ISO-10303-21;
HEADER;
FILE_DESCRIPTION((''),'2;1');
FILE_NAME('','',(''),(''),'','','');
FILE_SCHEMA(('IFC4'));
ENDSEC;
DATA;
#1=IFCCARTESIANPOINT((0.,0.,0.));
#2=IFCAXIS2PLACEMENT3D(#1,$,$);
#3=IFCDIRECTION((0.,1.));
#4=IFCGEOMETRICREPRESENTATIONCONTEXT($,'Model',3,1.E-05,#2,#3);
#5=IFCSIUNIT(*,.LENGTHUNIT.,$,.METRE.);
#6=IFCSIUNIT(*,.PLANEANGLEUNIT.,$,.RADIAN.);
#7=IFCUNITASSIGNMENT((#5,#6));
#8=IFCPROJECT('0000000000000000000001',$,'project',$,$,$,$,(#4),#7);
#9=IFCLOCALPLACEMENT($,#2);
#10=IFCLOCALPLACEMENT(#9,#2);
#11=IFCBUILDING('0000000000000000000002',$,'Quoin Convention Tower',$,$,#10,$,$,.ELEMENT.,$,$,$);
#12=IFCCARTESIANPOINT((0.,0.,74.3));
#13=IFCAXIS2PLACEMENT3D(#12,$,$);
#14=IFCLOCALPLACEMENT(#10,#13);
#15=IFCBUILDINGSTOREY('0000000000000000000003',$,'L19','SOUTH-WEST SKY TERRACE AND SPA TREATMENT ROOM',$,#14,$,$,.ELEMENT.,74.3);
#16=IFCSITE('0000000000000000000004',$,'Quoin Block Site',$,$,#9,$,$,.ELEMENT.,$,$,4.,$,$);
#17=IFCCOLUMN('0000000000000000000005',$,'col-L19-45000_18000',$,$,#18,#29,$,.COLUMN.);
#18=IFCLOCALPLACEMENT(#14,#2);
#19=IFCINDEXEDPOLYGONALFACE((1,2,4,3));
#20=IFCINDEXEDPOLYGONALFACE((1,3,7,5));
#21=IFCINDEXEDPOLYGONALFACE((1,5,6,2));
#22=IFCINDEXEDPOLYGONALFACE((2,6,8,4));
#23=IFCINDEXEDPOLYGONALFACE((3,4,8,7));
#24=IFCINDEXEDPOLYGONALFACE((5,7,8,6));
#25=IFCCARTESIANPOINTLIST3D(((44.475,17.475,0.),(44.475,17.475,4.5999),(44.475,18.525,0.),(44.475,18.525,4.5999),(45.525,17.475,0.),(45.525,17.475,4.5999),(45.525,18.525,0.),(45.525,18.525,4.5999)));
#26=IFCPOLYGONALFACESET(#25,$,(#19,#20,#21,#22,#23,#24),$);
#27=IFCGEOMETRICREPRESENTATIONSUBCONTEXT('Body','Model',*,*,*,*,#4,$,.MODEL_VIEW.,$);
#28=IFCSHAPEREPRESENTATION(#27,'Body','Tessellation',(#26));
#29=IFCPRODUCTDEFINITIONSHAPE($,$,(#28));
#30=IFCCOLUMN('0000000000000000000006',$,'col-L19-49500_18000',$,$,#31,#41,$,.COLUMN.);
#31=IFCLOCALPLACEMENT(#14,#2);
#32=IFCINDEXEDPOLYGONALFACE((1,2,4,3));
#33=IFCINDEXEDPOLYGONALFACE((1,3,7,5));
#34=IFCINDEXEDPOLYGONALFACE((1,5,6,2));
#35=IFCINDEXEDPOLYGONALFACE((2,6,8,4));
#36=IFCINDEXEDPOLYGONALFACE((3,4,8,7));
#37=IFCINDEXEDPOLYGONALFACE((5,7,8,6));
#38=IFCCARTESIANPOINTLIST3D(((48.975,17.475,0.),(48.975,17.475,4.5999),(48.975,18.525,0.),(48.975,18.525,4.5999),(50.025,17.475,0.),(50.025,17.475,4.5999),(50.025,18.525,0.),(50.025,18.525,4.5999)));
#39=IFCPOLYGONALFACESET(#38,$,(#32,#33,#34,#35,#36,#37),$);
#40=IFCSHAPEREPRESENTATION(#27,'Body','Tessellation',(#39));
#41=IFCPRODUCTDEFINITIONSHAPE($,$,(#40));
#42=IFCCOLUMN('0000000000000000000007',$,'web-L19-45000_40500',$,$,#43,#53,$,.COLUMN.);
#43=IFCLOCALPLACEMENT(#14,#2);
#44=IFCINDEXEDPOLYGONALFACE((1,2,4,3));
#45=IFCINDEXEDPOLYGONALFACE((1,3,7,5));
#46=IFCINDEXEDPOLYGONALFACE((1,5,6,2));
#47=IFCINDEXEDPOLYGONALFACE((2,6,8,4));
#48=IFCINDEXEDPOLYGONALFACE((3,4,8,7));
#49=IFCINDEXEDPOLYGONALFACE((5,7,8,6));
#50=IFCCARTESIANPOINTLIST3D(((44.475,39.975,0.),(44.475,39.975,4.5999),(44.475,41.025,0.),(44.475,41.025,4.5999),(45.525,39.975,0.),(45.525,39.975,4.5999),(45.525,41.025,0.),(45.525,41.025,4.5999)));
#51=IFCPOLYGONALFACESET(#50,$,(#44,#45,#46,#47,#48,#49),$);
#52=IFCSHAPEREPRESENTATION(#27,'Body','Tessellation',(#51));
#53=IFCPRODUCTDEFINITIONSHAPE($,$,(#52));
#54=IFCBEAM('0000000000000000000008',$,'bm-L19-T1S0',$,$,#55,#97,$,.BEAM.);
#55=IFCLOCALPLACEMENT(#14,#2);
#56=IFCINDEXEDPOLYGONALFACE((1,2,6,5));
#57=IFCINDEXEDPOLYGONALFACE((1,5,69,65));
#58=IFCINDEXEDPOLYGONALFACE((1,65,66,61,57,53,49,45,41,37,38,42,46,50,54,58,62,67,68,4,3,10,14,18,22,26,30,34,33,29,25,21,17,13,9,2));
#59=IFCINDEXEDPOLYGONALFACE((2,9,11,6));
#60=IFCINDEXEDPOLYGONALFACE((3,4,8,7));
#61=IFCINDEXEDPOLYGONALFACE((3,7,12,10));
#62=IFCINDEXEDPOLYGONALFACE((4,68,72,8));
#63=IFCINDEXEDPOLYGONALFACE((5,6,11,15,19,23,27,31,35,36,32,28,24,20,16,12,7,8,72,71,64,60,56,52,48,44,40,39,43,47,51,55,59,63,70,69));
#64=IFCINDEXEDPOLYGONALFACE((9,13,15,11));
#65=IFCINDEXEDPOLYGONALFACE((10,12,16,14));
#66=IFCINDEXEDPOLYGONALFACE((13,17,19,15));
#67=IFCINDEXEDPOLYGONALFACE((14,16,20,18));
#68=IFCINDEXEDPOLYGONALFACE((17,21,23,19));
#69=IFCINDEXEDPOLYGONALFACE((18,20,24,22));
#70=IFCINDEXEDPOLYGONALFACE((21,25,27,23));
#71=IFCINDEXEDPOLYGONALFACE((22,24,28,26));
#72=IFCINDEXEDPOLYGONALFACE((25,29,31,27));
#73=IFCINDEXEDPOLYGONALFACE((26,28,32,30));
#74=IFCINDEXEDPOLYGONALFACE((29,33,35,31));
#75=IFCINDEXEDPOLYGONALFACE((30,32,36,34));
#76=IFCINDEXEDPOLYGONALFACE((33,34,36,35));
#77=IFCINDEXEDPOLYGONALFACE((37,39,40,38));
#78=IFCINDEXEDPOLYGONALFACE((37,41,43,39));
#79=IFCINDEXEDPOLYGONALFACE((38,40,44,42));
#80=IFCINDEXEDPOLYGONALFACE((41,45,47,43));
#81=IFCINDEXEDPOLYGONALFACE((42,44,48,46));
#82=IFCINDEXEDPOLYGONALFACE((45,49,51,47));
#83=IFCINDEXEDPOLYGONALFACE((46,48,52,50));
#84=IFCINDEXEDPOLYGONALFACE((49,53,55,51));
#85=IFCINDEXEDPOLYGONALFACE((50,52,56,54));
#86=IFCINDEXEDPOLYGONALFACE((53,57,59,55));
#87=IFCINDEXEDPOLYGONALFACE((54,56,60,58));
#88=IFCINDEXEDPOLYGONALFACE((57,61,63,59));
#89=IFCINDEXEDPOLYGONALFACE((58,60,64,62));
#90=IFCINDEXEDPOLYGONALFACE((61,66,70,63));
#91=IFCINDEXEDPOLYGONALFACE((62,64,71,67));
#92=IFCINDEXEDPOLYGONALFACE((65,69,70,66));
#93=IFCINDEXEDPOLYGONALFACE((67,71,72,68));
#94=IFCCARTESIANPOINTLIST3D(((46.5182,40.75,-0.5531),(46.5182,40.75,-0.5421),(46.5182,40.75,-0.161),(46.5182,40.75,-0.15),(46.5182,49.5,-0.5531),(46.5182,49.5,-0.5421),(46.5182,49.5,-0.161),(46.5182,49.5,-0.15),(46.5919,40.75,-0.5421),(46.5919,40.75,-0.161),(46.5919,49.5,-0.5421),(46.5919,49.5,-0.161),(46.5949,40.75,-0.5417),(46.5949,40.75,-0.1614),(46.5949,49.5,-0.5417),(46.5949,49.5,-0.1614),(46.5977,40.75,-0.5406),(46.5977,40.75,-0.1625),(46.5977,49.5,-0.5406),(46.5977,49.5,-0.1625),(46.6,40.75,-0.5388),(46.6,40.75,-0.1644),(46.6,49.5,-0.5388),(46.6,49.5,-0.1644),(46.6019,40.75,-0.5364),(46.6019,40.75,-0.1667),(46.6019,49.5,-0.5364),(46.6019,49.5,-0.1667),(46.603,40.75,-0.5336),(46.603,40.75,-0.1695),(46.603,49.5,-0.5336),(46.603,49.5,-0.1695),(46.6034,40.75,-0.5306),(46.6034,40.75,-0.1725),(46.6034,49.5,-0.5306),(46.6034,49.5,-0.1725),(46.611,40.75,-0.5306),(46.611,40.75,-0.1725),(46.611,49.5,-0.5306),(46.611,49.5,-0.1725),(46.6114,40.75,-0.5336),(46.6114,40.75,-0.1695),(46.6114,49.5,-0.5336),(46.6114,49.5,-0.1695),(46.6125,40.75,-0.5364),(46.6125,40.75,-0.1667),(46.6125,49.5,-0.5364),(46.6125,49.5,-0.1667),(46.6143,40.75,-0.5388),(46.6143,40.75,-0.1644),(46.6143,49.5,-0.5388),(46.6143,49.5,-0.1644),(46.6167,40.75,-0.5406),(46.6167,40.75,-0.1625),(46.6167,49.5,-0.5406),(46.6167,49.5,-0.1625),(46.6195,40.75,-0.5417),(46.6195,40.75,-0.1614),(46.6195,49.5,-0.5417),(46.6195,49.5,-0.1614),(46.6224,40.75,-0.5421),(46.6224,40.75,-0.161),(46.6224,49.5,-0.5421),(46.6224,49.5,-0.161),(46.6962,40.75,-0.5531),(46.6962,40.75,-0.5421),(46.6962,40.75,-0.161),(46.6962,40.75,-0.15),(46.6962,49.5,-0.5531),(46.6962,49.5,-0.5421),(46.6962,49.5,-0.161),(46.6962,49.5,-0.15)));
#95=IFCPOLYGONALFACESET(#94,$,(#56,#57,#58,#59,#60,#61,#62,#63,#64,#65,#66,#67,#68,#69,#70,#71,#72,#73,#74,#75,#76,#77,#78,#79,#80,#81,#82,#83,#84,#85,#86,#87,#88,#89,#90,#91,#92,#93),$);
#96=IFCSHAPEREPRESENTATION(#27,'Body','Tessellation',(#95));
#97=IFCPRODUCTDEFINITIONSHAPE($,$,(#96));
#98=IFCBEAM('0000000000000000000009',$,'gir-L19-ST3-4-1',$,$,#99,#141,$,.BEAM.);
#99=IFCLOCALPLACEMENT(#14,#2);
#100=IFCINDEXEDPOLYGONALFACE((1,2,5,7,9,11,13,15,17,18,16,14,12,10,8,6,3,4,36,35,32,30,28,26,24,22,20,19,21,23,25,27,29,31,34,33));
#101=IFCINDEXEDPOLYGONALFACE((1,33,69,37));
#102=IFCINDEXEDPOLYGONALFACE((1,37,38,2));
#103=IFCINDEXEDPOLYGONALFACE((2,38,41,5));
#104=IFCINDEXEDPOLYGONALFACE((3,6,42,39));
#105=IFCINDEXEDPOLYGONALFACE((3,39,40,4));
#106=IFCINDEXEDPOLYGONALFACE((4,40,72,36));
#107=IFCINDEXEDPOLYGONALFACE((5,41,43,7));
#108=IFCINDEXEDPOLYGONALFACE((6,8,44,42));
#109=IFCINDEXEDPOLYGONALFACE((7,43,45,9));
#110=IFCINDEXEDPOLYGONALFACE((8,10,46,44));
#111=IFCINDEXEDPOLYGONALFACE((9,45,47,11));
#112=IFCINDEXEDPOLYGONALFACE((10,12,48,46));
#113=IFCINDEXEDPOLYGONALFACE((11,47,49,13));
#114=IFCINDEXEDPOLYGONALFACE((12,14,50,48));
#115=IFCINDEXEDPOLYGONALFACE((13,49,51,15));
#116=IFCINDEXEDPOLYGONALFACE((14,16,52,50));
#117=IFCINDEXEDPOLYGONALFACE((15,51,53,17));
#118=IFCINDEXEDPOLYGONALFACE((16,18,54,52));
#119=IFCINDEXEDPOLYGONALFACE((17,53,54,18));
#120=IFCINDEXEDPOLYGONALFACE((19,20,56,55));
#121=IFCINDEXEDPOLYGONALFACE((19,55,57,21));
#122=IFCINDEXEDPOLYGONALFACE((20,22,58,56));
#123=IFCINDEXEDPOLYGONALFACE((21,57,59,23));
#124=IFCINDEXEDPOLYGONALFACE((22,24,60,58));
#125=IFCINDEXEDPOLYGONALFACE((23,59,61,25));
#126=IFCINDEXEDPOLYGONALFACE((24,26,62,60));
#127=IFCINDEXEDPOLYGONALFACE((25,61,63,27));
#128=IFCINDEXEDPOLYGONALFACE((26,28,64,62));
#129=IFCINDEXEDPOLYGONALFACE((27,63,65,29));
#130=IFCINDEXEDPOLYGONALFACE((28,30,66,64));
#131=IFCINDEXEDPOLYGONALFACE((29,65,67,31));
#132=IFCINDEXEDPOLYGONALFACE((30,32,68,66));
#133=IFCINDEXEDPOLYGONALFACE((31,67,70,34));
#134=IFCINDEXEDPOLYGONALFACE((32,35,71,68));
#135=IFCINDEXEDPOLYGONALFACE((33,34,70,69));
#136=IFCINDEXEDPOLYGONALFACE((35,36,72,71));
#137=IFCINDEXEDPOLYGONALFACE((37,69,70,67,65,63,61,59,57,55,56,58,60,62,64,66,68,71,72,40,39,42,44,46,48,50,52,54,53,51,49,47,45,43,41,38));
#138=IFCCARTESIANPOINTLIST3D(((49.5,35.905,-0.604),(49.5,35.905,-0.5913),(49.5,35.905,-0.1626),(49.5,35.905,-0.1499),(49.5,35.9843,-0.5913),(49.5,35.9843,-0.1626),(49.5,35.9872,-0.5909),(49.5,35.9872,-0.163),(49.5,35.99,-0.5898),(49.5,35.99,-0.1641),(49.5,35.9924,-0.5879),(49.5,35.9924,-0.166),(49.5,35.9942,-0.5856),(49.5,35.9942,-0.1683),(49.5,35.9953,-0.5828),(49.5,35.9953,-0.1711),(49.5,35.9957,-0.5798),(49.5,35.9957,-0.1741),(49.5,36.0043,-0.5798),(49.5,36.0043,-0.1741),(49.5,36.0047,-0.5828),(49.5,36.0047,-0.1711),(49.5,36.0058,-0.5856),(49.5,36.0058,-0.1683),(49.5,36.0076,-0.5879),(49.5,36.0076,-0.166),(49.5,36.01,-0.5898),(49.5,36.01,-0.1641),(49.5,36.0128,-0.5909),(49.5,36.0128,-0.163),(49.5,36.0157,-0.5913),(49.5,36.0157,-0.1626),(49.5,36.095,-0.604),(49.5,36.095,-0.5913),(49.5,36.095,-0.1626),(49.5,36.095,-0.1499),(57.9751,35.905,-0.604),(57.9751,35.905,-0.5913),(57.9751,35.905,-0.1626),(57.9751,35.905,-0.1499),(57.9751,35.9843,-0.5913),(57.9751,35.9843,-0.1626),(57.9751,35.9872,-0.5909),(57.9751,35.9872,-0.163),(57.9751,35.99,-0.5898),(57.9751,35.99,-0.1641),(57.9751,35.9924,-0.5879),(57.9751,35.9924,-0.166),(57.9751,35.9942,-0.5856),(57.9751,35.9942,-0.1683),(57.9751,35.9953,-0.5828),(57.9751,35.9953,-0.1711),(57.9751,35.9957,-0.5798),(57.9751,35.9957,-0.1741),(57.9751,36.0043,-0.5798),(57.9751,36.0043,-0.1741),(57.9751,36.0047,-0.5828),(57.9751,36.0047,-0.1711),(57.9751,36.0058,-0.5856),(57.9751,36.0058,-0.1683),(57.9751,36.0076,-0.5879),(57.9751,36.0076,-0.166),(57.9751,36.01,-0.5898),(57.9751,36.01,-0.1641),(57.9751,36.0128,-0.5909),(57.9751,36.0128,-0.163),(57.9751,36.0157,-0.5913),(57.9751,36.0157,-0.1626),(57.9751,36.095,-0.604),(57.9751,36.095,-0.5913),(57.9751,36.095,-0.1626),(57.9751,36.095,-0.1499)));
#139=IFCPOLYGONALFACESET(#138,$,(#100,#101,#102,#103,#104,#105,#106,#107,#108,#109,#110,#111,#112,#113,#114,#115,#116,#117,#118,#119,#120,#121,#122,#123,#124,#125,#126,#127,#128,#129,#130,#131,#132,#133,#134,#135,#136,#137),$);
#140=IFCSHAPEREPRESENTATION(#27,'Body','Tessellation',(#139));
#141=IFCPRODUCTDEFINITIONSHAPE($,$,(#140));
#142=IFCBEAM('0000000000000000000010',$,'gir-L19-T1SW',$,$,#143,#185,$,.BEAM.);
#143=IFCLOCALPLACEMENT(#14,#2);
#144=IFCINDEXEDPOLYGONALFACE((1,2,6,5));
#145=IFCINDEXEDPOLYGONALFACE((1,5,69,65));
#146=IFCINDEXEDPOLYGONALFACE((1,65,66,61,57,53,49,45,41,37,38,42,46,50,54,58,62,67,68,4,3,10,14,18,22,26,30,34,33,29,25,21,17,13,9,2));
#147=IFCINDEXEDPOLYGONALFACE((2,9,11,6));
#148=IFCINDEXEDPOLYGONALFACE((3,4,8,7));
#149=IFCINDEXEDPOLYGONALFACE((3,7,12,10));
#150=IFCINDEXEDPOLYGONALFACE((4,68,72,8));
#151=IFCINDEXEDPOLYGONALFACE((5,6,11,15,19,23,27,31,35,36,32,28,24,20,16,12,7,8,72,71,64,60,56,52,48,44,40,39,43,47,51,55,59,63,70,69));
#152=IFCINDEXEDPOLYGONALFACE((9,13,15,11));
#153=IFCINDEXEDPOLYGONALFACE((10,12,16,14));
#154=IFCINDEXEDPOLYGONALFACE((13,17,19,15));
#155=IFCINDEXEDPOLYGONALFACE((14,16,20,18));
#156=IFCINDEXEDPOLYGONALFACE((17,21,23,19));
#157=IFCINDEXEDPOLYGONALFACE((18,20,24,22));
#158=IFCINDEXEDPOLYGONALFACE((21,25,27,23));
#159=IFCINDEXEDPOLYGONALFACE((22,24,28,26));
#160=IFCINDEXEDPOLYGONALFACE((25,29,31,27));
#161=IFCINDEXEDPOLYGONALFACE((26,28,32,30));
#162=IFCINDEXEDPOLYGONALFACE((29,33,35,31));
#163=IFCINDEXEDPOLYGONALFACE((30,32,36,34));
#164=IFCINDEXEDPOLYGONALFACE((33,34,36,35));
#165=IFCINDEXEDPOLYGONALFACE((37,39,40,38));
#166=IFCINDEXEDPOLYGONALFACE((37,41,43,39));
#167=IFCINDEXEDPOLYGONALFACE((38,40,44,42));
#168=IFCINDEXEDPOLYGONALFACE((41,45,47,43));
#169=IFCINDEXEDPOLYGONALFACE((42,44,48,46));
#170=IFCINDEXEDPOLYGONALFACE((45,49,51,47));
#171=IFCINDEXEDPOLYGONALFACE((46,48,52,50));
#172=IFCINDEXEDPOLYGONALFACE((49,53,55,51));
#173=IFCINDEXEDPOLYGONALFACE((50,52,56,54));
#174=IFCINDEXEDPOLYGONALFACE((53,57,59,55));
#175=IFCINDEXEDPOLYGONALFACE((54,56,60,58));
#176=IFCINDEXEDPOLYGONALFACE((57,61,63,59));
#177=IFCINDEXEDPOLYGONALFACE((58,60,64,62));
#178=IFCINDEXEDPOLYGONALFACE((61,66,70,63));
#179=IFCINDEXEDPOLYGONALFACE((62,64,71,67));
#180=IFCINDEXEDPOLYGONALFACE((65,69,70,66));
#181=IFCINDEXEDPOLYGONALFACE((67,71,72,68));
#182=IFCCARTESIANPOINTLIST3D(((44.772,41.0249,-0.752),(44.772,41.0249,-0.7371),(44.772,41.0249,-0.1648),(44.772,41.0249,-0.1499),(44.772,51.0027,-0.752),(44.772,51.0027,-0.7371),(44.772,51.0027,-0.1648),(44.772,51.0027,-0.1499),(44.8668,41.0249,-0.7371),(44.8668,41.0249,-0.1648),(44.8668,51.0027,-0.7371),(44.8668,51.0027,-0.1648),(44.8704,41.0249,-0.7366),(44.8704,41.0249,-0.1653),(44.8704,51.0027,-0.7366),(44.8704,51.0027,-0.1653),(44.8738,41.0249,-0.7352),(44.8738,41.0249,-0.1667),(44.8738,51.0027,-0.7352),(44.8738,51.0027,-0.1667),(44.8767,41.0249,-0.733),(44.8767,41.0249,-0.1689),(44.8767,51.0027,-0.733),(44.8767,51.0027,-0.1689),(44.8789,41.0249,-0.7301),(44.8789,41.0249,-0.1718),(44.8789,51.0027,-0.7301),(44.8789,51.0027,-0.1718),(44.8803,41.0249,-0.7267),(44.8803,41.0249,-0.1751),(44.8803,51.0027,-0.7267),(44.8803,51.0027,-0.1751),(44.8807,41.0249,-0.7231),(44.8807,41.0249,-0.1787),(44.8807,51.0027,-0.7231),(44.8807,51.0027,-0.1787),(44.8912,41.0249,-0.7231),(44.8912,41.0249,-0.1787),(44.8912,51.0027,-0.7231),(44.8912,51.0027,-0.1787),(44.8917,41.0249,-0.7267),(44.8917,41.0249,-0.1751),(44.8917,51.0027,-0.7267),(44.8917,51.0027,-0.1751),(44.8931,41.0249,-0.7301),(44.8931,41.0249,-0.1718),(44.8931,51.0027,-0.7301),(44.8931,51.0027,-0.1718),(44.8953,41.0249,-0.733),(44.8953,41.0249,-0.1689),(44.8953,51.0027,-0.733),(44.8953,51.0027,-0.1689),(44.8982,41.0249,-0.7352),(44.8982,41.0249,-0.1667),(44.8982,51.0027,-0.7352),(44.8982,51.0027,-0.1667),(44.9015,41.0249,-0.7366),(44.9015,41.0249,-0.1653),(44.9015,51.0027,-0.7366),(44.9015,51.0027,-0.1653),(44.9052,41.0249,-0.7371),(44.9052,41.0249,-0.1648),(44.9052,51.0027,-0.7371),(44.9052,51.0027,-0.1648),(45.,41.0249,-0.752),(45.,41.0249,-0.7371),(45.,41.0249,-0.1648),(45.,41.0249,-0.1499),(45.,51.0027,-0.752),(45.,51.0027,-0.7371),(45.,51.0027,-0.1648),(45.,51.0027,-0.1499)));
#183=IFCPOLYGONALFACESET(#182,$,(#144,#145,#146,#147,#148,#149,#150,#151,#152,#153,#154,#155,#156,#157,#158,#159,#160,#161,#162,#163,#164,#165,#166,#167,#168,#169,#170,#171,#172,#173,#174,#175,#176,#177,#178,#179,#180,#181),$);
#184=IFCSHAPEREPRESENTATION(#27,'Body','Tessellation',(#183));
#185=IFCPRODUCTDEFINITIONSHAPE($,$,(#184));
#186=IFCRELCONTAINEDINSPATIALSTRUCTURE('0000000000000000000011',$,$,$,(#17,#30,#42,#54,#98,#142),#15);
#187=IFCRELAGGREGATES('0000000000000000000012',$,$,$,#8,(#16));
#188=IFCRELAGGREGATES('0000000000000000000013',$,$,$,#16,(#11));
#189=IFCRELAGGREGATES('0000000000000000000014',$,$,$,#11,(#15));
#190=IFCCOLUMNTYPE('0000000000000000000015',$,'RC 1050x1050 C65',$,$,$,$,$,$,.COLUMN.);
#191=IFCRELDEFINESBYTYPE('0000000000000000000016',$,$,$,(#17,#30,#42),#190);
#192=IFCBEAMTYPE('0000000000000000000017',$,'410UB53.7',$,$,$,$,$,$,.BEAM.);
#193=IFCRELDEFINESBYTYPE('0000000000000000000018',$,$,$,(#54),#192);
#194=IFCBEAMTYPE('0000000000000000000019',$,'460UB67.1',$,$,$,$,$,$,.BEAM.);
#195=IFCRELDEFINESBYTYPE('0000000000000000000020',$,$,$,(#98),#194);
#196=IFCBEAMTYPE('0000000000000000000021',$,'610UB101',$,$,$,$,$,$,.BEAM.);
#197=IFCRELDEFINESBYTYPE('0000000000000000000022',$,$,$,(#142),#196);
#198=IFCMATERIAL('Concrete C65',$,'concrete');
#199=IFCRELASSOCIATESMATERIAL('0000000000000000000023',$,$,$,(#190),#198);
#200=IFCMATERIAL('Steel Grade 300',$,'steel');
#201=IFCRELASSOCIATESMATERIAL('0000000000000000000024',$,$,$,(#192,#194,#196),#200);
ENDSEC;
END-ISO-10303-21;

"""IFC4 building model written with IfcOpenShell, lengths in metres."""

from ifc_helpers import new_model, si_unit, direction, frame, origin, origin_2d, place, context, subcontext, project, spatial, rectangle, i_section, extrude, material, material_profile, profile_set, type_object, element, save


model = new_model("IFC4")

# Units and contexts
model_context = context("Model", 3, precision=1e-05, world=origin(), true_north=direction((0.0, 1.0)))
body_context = subcontext(model_context, "Body", "Model", "MODEL_VIEW")
ifc_project = project(units=[si_unit("LENGTHUNIT", "METRE"), si_unit("PLANEANGLEUNIT", "RADIAN")], contexts=[model_context])

# Site, building, storey
site_placement = place(None, origin())
site = spatial("IfcSite", under=ifc_project, at=site_placement, Name="Quoin Block Site", CompositionType="ELEMENT", RefElevation=4.0)
building_placement = place(site_placement, origin())
building = spatial("IfcBuilding", under=site, at=building_placement, Name="Quoin Convention Tower", CompositionType="ELEMENT")
storey_placement = place(building_placement, frame((0.0, 0.0, 74.3)))
storey = spatial("IfcBuildingStorey", under=building, at=storey_placement, Name="L19", Description="SOUTH-WEST SKY TERRACE AND SPA TREATMENT ROOM", CompositionType="ELEMENT", Elevation=74.3)

# Columns
ifc_material_1 = material(Name="Concrete C65", Category="concrete")
ifc_material_profile_1 = material_profile(ifc_material_1, rectangle(XDim=1.05, YDim=1.05, at=origin_2d()), Name="RC 1050x1050")
ifc_profile_set_1 = profile_set([ifc_material_profile_1], Name="Concrete C65")
column_type = type_object("IfcColumnType", Name="RC 1050x1050 C65", PredefinedType="COLUMN", material=ifc_profile_set_1)
for number, where, z_axis, x_axis, name in (
    (1, (45.0, 18.0, 0.0), (0.0, 0.0, 1.0), (1.0, 0.0, 0.0), "col-L19-45000_18000"),
    (2, (49.5, 18.0, 0.0), (0.0, 0.0, 1.0), (1.0, 0.0, 0.0), "col-L19-49500_18000"),
    (3, (45.0, 40.5, 0.0), (0.0, 0.0, 1.0), (1.0, 0.0, 0.0), "web-L19-45000_40500"),
):
    element("IfcColumn", number, at=place(storey_placement, frame(where, z_axis=z_axis, x_axis=x_axis)), inside=storey, type_object=column_type, Name=name, PredefinedType="COLUMN", context=body_context, shape_type="SweptSolid", body=[
        extrude(rectangle(XDim=1.05, YDim=1.05, at=origin_2d()), origin(), (0.0, 0.0, 1.0), 4.5999),
    ])

# Beams
ifc_material_2 = material(Name="Steel Grade 300", Category="steel")
ifc_material_profile_2 = material_profile(ifc_material_2, i_section(OverallWidth=0.178, OverallDepth=0.4031, WebThickness=0.0076, FlangeThickness=0.011, FilletRadius=0.0115, at=origin_2d()), Name="410UB53.7")
ifc_profile_set_2 = profile_set([ifc_material_profile_2], Name="Steel Grade 300")
beam_type_1 = type_object("IfcBeamType", Name="410UB53.7", PredefinedType="BEAM", material=ifc_profile_set_2)
beam_1_placement = place(storey_placement, frame((46.6072, 40.75, -0.3516), z_axis=(0.0, 1.0, 0.0), x_axis=(-1.0, 0.0, 0.0)))
element("IfcBeam", 4, at=beam_1_placement, inside=storey, type_object=beam_type_1, Name="bm-L19-T1S0", PredefinedType="BEAM", context=body_context, shape_type="SweptSolid", body=[
    extrude(i_section(OverallWidth=0.178, OverallDepth=0.4031, WebThickness=0.0076, FlangeThickness=0.011, FilletRadius=0.0115, at=origin_2d()), origin(), (0.0, 0.0, 1.0), 8.75),
])
ifc_material_profile_3 = material_profile(ifc_material_2, i_section(OverallWidth=0.1899, OverallDepth=0.4541, WebThickness=0.0085, FlangeThickness=0.0127, FilletRadius=0.0115, at=origin_2d()), Name="460UB67.1")
ifc_profile_set_3 = profile_set([ifc_material_profile_3], Name="Steel Grade 300")
beam_type_2 = type_object("IfcBeamType", Name="460UB67.1", PredefinedType="BEAM", material=ifc_profile_set_3)
beam_2_placement = place(storey_placement, frame((49.5, 36.0, -0.377), z_axis=(1.0, 0.0, 0.0), x_axis=(0.0, 1.0, 0.0)))
element("IfcBeam", 5, at=beam_2_placement, inside=storey, type_object=beam_type_2, Name="gir-L19-ST3-4-1", PredefinedType="BEAM", context=body_context, shape_type="SweptSolid", body=[
    extrude(i_section(OverallWidth=0.1899, OverallDepth=0.4541, WebThickness=0.0085, FlangeThickness=0.0127, FilletRadius=0.0115, at=origin_2d()), origin(), (0.0, 0.0, 1.0), 8.4751),
])
ifc_material_profile_4 = material_profile(ifc_material_2, i_section(OverallWidth=0.228, OverallDepth=0.6021, WebThickness=0.0105, FlangeThickness=0.0149, FilletRadius=0.0139, at=origin_2d()), Name="610UB101")
ifc_profile_set_4 = profile_set([ifc_material_profile_4], Name="Steel Grade 300")
beam_type_3 = type_object("IfcBeamType", Name="610UB101", PredefinedType="BEAM", material=ifc_profile_set_4)
beam_3_placement = place(storey_placement, frame((44.886, 41.0249, -0.4509), z_axis=(0.0, 1.0, 0.0), x_axis=(-1.0, 0.0, 0.0)))
element("IfcBeam", 6, at=beam_3_placement, inside=storey, type_object=beam_type_3, Name="gir-L19-T1SW", PredefinedType="BEAM", context=body_context, shape_type="SweptSolid", body=[
    extrude(i_section(OverallWidth=0.228, OverallDepth=0.6021, WebThickness=0.0105, FlangeThickness=0.0149, FilletRadius=0.0139, at=origin_2d()), origin(), (0.0, 0.0, 1.0), 9.9778),
])

save(model, "model.ifc")
